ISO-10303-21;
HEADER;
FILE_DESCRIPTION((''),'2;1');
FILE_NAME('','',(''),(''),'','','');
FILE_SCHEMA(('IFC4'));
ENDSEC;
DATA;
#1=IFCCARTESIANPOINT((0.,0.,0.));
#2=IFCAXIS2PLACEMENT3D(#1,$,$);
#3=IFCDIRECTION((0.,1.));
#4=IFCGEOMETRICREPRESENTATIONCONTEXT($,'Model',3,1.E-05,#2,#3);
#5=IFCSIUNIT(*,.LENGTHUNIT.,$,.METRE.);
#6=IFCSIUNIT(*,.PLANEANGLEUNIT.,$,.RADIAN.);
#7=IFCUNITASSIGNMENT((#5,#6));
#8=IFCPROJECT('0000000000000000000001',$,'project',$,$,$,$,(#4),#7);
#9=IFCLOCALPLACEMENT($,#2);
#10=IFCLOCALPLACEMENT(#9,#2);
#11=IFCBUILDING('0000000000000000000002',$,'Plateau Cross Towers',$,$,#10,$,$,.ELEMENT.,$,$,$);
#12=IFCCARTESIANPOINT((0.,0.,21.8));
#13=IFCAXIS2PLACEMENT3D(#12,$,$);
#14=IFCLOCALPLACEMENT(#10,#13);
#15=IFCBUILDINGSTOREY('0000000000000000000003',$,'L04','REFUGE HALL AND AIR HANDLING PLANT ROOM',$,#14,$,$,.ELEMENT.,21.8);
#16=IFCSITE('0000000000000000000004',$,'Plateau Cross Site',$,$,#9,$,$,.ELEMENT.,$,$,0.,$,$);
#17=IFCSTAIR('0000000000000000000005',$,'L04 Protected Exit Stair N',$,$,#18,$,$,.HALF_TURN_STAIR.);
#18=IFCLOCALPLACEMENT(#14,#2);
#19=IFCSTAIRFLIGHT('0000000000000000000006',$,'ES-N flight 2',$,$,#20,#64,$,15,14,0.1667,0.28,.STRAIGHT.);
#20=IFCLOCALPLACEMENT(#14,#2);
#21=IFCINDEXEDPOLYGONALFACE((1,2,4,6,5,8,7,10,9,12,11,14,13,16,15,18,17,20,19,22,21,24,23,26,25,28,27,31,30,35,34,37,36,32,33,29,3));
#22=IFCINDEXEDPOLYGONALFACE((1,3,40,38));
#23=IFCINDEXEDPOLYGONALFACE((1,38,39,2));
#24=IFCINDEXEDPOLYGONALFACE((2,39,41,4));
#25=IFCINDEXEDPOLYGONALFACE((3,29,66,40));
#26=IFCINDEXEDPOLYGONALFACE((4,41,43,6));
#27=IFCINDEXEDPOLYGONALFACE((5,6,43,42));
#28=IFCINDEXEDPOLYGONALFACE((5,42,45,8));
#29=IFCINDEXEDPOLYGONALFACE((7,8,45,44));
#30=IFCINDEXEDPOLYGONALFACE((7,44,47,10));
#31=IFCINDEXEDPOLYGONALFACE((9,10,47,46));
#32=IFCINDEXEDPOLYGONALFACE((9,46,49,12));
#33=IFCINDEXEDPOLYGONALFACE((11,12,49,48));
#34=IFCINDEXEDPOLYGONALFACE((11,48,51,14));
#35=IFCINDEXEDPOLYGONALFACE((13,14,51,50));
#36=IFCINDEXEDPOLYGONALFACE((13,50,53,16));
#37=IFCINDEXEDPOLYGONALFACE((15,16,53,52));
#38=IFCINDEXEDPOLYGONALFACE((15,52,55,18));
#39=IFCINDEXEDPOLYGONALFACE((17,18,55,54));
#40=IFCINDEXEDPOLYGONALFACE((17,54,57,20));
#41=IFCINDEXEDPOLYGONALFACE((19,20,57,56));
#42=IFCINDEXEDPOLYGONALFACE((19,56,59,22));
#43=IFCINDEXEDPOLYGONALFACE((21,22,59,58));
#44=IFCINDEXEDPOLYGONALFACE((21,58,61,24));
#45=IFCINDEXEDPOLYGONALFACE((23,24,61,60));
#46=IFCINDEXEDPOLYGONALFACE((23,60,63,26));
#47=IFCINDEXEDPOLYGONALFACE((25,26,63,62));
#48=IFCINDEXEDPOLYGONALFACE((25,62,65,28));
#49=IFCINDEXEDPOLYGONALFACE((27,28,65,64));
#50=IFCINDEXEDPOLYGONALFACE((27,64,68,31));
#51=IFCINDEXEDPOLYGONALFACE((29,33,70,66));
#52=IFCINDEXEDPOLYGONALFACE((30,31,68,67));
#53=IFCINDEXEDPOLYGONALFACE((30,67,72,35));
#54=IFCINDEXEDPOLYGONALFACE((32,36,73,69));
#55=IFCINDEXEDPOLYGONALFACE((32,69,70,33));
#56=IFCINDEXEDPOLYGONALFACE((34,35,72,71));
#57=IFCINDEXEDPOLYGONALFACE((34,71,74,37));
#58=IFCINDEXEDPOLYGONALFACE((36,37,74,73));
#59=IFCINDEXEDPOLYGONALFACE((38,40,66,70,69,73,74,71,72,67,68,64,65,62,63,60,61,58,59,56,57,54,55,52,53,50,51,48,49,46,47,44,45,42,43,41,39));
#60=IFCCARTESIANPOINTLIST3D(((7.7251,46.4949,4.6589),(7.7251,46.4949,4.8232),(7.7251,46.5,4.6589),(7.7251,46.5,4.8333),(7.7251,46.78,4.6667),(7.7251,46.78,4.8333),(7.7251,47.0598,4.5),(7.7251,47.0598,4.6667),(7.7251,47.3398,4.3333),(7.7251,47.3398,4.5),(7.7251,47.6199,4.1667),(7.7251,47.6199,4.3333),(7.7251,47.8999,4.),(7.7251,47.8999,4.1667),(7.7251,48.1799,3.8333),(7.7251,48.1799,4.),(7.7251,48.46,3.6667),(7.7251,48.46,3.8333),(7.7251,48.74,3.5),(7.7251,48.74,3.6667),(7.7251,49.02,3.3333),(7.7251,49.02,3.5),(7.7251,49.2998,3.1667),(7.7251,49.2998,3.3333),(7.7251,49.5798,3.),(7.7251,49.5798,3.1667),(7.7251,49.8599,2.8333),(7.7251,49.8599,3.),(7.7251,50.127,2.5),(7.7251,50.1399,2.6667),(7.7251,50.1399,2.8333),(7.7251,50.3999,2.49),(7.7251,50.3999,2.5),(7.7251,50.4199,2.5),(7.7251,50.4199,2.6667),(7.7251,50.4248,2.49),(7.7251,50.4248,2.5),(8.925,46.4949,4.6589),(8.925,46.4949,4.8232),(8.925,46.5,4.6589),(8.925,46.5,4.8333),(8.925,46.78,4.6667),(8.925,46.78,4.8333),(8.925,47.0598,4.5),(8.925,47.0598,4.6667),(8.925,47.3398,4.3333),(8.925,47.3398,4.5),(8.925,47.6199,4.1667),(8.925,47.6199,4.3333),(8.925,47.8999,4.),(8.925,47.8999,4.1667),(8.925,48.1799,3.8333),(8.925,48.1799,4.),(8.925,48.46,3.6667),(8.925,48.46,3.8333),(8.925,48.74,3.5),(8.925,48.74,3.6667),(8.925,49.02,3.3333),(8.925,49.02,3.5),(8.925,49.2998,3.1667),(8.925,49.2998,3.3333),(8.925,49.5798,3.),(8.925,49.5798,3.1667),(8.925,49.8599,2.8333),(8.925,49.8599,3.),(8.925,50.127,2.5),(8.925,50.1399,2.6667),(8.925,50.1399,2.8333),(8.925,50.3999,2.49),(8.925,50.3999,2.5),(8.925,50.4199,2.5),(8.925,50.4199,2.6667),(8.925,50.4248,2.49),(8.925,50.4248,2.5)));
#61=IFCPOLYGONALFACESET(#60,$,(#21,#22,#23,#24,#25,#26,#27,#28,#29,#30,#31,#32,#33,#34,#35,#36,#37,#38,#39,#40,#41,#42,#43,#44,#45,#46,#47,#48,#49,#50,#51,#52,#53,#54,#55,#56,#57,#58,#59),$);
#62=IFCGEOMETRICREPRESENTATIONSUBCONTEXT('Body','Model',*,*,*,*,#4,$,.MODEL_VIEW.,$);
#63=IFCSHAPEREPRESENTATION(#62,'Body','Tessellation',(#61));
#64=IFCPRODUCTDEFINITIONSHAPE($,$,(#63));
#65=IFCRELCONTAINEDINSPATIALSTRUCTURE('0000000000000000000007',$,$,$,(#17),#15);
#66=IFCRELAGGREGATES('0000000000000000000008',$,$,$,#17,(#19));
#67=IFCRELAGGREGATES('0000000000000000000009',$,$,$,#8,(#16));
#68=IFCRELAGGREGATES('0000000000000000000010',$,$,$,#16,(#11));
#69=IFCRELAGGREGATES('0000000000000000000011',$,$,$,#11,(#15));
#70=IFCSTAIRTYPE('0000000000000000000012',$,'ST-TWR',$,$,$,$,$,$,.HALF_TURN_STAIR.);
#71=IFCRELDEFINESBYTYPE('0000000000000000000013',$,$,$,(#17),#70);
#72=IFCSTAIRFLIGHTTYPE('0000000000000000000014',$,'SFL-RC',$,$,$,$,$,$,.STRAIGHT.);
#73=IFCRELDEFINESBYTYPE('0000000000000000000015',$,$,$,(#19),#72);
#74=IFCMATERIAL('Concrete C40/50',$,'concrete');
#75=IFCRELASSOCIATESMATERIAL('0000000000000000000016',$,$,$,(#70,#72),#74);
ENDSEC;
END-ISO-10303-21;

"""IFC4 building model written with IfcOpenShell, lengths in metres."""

from ifc_helpers import new_model, si_unit, direction, frame, origin, place, context, subcontext, project, spatial, polyline, outline, extrude, material, type_object, element, aggregate, save


model = new_model("IFC4")

# Units and contexts
model_context = context("Model", 3, precision=1e-05, world=origin(), true_north=direction((0.0, 1.0)))
body_context = subcontext(model_context, "Body", "Model", "MODEL_VIEW")
ifc_project = project(units=[si_unit("LENGTHUNIT", "METRE"), si_unit("PLANEANGLEUNIT", "RADIAN")], contexts=[model_context])

# Site, building, storey
site_placement = place(None, origin())
site = spatial("IfcSite", under=ifc_project, at=site_placement, Name="Plateau Cross Site", CompositionType="ELEMENT", RefElevation=0.0)
building_placement = place(site_placement, origin())
building = spatial("IfcBuilding", under=site, at=building_placement, Name="Plateau Cross Towers", CompositionType="ELEMENT")
storey_placement = place(building_placement, frame((0.0, 0.0, 21.8)))
storey = spatial("IfcBuildingStorey", under=building, at=storey_placement, Name="L04", Description="REFUGE HALL AND AIR HANDLING PLANT ROOM", CompositionType="ELEMENT", Elevation=21.8)

# Stair, stair flight
ifc_material_1 = material(Name="Concrete C40/50", Category="concrete")
stair_type = type_object("IfcStairType", Name="ST-TWR", PredefinedType="HALF_TURN_STAIR", material=ifc_material_1)
stair_placement = place(storey_placement, origin())
stair = element("IfcStair", 1, at=stair_placement, inside=storey, type_object=stair_type, Name="L04 Protected Exit Stair N", PredefinedType="HALF_TURN_STAIR")
stair_flight_type = type_object("IfcStairFlightType", Name="SFL-RC", PredefinedType="STRAIGHT", material=ifc_material_1)
stair_flight_1_placement = place(storey_placement, frame((8.325, 50.4199, 2.5), z_axis=(0.0, 0.0, 1.0), x_axis=(0.0, -1.0, 0.0)))
stair_flight_1 = element("IfcStairFlight", 2, at=stair_flight_1_placement, type_object=stair_flight_type, Name="ES-N flight 2", NumberOfRisers=15, NumberOfTreads=14, PredefinedType="STRAIGHT", RiserHeight=0.1667, TreadLength=0.28, context=body_context, shape_type="SweptSolid", body=[
    extrude(outline(polyline([(-0.0049, -0.01), (-0.0049, 0.0), (0.0, 0.0), (0.0, 0.1667), (0.28, 0.1667), (0.28, 0.3333), (0.5601, 0.3333), (0.5601, 0.5), (0.8401, 0.5), (0.8401, 0.6667), (1.1201, 0.6667), (1.1201, 0.8333), (1.3999, 0.8333), (1.3999, 1.0), (1.6799, 1.0), (1.6799, 1.1667), (1.96, 1.1667), (1.96, 1.3333), (2.24, 1.3333), (2.24, 1.5), (2.52, 1.5), (2.52, 1.6667), (2.8, 1.6667), (2.8, 1.8333), (3.0801, 1.8333), (3.0801, 2.0), (3.3601, 2.0), (3.3601, 2.1667), (3.6399, 2.1667), (3.6399, 2.3333), (3.9199, 2.3333), (3.925, 2.3232), (3.925, 2.1589), (3.9199, 2.1589), (0.293, 0.0), (0.02, 0.0), (0.02, -0.01), (-0.0049, -0.01)])), frame((0.0, 0.6001, 0.0), z_axis=(0.0, -1.0, 0.0), x_axis=(1.0, 0.0, 0.0)), (0.0, 0.0, 1.0), 1.2),
])
aggregate(stair, [stair_flight_1])

save(model, "model.ifc")
